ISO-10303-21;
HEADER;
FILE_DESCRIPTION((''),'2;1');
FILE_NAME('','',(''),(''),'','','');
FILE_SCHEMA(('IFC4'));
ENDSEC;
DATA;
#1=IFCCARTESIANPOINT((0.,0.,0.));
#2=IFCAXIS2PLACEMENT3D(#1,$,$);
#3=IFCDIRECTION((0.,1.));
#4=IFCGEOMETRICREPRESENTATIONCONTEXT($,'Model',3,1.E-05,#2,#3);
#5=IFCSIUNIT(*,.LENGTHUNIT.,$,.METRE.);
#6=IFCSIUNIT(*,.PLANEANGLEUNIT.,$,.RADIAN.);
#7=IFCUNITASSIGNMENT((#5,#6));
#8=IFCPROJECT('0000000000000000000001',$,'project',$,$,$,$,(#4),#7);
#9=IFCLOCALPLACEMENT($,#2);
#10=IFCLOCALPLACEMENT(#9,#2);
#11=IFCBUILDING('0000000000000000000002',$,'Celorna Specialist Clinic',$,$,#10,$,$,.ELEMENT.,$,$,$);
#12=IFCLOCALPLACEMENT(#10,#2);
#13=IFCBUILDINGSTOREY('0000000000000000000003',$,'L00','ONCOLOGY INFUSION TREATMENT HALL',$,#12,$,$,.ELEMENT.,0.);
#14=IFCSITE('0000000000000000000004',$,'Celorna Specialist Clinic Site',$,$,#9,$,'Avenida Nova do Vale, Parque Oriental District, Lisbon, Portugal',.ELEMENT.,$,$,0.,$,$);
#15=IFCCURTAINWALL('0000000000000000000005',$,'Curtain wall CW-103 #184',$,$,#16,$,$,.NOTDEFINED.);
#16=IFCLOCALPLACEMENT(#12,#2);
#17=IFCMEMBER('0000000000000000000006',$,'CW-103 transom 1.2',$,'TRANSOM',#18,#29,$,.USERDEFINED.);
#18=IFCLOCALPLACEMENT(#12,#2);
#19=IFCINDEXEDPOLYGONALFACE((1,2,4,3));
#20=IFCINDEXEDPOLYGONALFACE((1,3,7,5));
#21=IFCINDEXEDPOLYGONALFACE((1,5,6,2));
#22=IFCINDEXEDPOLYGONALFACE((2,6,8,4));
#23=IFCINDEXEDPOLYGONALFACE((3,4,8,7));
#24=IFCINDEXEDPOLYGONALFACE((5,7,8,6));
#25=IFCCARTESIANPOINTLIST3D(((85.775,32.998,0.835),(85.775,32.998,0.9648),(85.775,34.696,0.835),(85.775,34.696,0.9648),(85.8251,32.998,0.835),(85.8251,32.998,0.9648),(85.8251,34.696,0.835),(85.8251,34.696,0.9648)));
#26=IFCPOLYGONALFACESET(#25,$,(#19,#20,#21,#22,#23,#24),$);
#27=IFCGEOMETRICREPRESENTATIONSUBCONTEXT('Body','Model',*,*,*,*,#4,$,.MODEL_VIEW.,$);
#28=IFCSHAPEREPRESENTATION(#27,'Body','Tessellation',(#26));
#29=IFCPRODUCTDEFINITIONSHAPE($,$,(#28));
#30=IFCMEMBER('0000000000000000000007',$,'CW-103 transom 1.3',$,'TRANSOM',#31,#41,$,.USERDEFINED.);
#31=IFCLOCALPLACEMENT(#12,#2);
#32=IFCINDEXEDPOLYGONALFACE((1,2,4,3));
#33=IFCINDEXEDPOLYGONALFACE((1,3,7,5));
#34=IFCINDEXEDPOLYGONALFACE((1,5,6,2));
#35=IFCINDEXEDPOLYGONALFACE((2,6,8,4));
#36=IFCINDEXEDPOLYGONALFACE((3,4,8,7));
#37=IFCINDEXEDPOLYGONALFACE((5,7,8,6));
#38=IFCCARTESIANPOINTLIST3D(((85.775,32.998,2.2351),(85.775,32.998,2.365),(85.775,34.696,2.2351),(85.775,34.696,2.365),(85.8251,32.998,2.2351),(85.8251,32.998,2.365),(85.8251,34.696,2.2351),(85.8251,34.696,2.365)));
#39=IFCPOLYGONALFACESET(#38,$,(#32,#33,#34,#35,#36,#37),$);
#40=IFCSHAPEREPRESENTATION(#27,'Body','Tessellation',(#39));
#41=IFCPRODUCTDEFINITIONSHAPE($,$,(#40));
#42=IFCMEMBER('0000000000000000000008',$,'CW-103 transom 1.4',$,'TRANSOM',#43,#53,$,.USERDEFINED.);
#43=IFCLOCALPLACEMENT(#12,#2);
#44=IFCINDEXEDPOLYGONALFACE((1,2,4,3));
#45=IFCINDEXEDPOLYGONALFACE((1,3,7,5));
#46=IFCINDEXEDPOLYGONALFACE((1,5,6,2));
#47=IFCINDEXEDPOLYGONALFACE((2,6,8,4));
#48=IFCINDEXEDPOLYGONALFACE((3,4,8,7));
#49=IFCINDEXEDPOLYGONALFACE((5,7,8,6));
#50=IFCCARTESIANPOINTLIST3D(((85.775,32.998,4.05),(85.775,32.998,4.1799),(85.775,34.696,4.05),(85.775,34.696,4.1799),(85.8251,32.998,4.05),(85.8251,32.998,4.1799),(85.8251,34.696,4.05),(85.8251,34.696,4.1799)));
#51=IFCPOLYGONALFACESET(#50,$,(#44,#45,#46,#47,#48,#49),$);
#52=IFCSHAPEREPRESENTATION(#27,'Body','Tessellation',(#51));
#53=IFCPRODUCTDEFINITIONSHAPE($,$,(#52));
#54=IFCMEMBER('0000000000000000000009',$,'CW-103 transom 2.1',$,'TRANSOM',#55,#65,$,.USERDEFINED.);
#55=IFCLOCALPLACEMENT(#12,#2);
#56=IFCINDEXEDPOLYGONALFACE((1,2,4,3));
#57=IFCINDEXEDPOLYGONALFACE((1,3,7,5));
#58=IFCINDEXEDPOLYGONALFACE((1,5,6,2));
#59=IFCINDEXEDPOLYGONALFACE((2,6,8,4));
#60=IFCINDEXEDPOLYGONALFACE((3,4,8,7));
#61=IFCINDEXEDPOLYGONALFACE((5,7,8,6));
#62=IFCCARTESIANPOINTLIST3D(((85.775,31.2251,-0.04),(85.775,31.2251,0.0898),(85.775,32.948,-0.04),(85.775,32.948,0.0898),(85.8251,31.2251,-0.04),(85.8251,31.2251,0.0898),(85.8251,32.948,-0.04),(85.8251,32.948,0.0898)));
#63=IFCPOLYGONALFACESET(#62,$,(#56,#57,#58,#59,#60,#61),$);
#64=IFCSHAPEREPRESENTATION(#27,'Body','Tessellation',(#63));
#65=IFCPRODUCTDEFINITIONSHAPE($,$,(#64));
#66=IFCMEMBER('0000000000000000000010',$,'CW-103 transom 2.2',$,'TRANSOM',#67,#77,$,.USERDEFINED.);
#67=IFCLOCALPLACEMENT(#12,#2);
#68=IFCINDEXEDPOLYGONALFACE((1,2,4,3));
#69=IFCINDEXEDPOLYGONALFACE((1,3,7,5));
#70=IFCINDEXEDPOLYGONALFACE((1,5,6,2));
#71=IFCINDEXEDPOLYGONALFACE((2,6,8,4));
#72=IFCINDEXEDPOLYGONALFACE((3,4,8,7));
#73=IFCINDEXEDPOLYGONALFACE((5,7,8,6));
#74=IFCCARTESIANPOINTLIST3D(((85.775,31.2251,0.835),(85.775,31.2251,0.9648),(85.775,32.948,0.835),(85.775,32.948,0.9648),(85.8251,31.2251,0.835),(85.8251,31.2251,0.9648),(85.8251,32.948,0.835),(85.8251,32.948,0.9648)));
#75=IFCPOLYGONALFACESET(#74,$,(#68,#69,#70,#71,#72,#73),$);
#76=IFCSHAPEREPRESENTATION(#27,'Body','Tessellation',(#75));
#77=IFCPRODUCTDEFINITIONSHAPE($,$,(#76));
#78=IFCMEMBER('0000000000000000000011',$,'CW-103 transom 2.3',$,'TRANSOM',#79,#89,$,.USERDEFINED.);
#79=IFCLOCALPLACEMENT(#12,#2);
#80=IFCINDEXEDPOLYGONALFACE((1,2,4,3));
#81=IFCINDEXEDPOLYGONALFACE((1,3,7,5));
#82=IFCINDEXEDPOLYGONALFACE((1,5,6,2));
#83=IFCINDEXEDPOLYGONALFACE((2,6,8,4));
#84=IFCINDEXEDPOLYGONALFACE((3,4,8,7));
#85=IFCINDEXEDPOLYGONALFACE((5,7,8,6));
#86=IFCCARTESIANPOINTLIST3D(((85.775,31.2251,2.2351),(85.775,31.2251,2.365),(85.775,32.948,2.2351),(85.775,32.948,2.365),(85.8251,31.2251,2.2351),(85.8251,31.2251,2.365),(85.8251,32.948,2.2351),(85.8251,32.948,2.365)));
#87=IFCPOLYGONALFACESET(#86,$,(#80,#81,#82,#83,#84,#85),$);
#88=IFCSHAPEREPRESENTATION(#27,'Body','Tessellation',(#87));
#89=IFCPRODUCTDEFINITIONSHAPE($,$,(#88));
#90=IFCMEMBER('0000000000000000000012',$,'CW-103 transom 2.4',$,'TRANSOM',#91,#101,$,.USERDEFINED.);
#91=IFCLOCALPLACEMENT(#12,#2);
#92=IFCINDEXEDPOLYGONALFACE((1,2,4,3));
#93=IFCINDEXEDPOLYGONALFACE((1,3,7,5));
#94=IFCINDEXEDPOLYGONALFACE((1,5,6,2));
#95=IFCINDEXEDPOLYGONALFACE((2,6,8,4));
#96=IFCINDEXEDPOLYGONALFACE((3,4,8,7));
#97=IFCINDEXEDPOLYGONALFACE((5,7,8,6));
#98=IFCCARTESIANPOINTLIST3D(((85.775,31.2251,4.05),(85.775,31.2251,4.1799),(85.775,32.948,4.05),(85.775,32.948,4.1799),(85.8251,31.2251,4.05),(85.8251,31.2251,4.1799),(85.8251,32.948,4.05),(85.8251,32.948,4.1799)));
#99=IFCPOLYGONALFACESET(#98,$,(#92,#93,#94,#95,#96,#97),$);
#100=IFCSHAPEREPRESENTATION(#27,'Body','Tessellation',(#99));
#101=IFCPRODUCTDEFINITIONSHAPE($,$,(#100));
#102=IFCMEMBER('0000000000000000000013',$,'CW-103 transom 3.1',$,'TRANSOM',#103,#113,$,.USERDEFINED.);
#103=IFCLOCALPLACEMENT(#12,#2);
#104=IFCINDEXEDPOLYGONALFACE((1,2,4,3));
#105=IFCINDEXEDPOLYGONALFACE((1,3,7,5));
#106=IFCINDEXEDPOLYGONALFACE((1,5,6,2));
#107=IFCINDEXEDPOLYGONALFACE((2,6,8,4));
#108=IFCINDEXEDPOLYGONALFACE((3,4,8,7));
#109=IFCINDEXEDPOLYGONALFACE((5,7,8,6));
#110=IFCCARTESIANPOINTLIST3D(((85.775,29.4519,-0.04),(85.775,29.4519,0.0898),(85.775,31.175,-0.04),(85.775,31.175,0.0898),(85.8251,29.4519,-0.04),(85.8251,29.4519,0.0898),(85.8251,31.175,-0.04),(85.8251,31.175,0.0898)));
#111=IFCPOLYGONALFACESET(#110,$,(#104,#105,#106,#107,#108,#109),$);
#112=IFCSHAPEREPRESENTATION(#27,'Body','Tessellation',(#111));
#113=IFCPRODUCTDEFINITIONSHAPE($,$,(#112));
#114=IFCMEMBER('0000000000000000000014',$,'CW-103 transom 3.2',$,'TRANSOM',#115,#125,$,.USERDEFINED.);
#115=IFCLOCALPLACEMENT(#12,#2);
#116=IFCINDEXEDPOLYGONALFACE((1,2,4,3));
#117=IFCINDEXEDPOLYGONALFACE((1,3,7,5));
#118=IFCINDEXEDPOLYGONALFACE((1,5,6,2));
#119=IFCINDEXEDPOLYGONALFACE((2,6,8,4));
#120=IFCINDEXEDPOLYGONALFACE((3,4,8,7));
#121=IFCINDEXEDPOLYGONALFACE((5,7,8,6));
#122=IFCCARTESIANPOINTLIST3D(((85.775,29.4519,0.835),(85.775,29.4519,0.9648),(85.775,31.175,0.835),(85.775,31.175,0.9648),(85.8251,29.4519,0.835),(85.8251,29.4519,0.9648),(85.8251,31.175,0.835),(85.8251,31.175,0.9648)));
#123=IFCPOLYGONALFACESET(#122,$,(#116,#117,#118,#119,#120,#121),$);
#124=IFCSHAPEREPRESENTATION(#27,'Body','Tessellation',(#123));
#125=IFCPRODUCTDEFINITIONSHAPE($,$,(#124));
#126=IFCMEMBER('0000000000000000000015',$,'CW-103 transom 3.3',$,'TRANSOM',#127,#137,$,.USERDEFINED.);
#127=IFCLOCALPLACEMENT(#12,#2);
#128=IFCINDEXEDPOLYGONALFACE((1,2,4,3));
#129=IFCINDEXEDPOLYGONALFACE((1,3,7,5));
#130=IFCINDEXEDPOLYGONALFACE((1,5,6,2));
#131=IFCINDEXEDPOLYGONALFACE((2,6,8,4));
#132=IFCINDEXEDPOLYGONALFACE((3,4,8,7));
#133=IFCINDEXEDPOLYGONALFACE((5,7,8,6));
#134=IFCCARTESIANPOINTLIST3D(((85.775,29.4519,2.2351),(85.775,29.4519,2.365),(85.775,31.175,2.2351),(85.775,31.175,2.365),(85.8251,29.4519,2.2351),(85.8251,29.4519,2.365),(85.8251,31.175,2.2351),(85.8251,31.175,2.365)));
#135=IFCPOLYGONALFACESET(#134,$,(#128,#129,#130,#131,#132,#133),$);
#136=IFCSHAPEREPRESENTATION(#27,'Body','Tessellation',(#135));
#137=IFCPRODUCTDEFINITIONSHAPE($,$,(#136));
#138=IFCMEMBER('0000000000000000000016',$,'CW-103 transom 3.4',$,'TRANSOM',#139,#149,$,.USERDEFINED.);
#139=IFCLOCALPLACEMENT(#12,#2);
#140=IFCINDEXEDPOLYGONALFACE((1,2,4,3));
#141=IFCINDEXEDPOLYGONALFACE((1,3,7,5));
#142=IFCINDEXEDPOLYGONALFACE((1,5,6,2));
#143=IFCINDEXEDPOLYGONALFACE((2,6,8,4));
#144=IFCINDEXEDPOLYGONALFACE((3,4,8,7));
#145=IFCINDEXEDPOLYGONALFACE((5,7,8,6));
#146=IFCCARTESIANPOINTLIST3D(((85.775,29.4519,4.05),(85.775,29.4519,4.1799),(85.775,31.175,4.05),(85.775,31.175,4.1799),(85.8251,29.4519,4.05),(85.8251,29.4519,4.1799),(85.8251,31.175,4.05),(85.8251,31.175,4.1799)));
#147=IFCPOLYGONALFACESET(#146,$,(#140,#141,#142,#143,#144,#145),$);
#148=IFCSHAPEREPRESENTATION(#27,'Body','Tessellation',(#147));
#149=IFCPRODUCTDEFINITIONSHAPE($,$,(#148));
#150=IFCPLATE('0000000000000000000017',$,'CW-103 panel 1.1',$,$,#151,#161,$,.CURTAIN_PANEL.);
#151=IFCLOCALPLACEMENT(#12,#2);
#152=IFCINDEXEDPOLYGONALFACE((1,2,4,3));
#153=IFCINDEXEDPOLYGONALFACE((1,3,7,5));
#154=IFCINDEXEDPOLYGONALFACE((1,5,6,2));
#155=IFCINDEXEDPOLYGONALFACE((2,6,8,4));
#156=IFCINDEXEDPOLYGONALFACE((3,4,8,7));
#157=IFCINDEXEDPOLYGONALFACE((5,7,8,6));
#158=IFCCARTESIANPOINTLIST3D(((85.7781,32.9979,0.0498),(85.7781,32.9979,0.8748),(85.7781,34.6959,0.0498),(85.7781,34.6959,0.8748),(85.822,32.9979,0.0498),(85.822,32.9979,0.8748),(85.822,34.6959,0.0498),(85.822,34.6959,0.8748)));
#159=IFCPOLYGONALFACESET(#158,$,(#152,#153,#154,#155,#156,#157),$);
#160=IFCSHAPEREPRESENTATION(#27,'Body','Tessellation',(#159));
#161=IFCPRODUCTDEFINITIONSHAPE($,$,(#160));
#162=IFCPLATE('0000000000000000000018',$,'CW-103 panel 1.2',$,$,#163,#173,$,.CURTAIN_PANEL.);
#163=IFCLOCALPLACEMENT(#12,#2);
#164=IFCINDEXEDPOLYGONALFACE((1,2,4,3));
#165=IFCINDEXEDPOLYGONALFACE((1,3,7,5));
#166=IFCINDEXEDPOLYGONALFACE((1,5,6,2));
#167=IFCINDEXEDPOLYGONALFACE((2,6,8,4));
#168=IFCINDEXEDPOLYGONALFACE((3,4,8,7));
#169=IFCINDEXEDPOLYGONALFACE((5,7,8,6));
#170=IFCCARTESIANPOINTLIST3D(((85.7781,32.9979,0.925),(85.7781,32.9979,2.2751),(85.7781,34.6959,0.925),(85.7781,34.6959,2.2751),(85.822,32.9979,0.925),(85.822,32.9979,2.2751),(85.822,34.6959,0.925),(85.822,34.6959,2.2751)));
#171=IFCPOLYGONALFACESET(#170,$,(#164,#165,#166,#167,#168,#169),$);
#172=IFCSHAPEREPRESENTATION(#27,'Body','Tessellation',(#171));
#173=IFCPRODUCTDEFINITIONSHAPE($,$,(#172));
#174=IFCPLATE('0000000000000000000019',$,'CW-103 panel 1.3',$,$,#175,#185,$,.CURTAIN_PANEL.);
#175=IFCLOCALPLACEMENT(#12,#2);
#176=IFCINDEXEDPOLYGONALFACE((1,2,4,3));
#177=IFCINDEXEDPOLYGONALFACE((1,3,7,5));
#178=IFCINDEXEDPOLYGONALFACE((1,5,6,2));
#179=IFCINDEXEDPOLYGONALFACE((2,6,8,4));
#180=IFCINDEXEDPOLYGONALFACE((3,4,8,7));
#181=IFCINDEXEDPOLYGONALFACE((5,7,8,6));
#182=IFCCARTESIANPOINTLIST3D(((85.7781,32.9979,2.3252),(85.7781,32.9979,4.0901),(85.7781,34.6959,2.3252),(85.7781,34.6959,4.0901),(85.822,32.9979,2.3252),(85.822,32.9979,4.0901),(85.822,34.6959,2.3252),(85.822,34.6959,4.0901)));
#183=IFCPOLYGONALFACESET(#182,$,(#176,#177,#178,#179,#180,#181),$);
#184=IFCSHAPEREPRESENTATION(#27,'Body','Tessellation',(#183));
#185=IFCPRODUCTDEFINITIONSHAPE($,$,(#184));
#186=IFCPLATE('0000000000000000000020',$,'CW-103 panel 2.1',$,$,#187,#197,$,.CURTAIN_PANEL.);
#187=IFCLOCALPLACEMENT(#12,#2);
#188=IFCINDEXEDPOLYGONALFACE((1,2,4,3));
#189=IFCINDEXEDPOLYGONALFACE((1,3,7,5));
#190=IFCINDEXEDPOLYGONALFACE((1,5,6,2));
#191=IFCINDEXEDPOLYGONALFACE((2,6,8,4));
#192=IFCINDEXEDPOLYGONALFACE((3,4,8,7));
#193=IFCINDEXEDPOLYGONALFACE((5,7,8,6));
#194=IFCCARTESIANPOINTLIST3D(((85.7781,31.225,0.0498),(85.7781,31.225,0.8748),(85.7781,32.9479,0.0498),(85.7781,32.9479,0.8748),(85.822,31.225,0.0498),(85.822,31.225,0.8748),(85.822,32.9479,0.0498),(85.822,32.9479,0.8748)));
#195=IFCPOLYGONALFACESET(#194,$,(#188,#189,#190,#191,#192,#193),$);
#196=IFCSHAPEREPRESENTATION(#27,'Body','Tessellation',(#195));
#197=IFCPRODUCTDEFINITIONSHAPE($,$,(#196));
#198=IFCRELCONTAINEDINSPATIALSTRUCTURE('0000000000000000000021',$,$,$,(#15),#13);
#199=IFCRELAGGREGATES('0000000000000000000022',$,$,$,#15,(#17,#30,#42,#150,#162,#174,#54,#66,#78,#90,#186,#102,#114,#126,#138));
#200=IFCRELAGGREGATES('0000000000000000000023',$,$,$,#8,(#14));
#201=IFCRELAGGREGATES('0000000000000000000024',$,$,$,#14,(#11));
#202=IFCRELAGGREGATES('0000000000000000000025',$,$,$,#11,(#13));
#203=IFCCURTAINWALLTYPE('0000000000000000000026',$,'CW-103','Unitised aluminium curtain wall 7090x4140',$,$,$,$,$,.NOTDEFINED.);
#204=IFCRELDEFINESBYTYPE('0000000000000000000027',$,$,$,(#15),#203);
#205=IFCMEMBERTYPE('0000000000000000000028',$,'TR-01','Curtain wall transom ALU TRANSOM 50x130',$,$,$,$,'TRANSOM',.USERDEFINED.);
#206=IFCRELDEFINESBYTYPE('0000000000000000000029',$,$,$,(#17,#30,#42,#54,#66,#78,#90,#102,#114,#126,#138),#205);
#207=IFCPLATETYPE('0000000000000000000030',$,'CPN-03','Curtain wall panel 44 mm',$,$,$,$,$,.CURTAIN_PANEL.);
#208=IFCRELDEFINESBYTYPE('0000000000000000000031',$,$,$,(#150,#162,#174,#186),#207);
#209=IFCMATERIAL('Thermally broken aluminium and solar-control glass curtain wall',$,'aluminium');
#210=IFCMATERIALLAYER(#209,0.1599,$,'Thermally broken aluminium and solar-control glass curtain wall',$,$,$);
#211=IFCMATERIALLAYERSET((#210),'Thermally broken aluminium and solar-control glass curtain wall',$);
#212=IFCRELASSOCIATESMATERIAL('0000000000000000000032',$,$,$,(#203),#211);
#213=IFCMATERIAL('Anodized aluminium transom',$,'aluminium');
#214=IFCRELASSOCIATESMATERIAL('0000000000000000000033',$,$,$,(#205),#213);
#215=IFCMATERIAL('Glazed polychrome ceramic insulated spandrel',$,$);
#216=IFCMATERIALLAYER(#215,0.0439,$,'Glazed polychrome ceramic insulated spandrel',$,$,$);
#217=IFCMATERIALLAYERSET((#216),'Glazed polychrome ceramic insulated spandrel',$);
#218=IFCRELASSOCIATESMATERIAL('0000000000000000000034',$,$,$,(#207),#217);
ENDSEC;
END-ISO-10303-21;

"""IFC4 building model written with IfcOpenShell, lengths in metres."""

from ifc_helpers import new_model, si_unit, direction, frame, origin, origin_2d, place, context, subcontext, project, spatial, rectangle, extrude, material, layer, layer_set, material_profile, profile_set, type_object, element, aggregate, save


model = new_model("IFC4")

# Units and contexts
model_context = context("Model", 3, precision=1e-05, world=origin(), true_north=direction((0.0, 1.0)))
body_context = subcontext(model_context, "Body", "Model", "MODEL_VIEW")
ifc_project = project(units=[si_unit("LENGTHUNIT", "METRE"), si_unit("PLANEANGLEUNIT", "RADIAN")], contexts=[model_context])

# Site, building, storey
site_placement = place(None, origin())
site = spatial("IfcSite", under=ifc_project, at=site_placement, Name="Celorna Specialist Clinic Site", LongName="Avenida Nova do Vale, Parque Oriental District, Lisbon, Portugal", CompositionType="ELEMENT", RefElevation=0.0)
building_placement = place(site_placement, origin())
building = spatial("IfcBuilding", under=site, at=building_placement, Name="Celorna Specialist Clinic", CompositionType="ELEMENT")
storey_placement = place(building_placement, origin())
storey = spatial("IfcBuildingStorey", under=building, at=storey_placement, Name="L00", Description="ONCOLOGY INFUSION TREATMENT HALL", CompositionType="ELEMENT", Elevation=0.0)

# Curtain wall, members, plates
ifc_material_1 = material(Name="Thermally broken aluminium and solar-control glass curtain wall", Category="aluminium")
ifc_layer_1 = layer(ifc_material_1, 0.1599, Name="Thermally broken aluminium and solar-control glass curtain wall")
ifc_layer_set_1 = layer_set([ifc_layer_1], Name="Thermally broken aluminium and solar-control glass curtain wall")
curtain_wall_type = type_object("IfcCurtainWallType", Name="CW-103", Description="Unitised aluminium curtain wall 7090x4140", PredefinedType="NOTDEFINED", material=ifc_layer_set_1)
curtain_wall_placement = place(storey_placement, origin())
curtain_wall = element("IfcCurtainWall", 1, at=curtain_wall_placement, inside=storey, type_object=curtain_wall_type, Name="Curtain wall CW-103 #184", PredefinedType="NOTDEFINED")
ifc_material_2 = material(Name="Anodized aluminium transom", Category="aluminium")
ifc_material_profile_1 = material_profile(ifc_material_2, rectangle(XDim=0.05, YDim=0.1299, at=origin_2d()), Name="ALU TRANSOM 50x130")
ifc_profile_set_1 = profile_set([ifc_material_profile_1], Name="Anodized aluminium transom")
member_type_1 = type_object("IfcMemberType", Name="TR-01", Description="Curtain wall transom ALU TRANSOM 50x130", ElementType="TRANSOM", PredefinedType="USERDEFINED", material=ifc_profile_set_1)
member_1_placement = place(storey_placement, frame((85.8, 34.696, 0.8999), z_axis=(0.0, -1.0, 0.0), x_axis=(1.0, 0.0, 0.0)))
member_1 = element("IfcMember", 2, at=member_1_placement, type_object=member_type_1, Name="CW-103 transom 1.2", ObjectType="TRANSOM", PredefinedType="USERDEFINED", context=body_context, shape_type="SweptSolid", body=[
    extrude(rectangle(XDim=0.05, YDim=0.1299, at=origin_2d()), origin(), (0.0, 0.0, 1.0), 1.698),
])
member_2_placement = place(storey_placement, frame((85.8, 34.696, 2.3), z_axis=(0.0, -1.0, 0.0), x_axis=(1.0, 0.0, 0.0)))
member_2 = element("IfcMember", 3, at=member_2_placement, type_object=member_type_1, Name="CW-103 transom 1.3", ObjectType="TRANSOM", PredefinedType="USERDEFINED", context=body_context, shape_type="SweptSolid", body=[
    extrude(rectangle(XDim=0.05, YDim=0.1299, at=origin_2d()), origin(), (0.0, 0.0, 1.0), 1.698),
])
member_3_placement = place(storey_placement, frame((85.8, 34.696, 4.115), z_axis=(0.0, -1.0, 0.0), x_axis=(1.0, 0.0, 0.0)))
member_3 = element("IfcMember", 4, at=member_3_placement, type_object=member_type_1, Name="CW-103 transom 1.4", ObjectType="TRANSOM", PredefinedType="USERDEFINED", context=body_context, shape_type="SweptSolid", body=[
    extrude(rectangle(XDim=0.05, YDim=0.1299, at=origin_2d()), origin(), (0.0, 0.0, 1.0), 1.698),
])
member_4_placement = place(storey_placement, frame((85.8, 32.948, 0.0249), z_axis=(0.0, -1.0, 0.0), x_axis=(1.0, 0.0, 0.0)))
member_4 = element("IfcMember", 5, at=member_4_placement, type_object=member_type_1, Name="CW-103 transom 2.1", ObjectType="TRANSOM", PredefinedType="USERDEFINED", context=body_context, shape_type="SweptSolid", body=[
    extrude(rectangle(XDim=0.05, YDim=0.1299, at=origin_2d()), origin(), (0.0, 0.0, 1.0), 1.7229),
])
member_5_placement = place(storey_placement, frame((85.8, 32.948, 0.8999), z_axis=(0.0, -1.0, 0.0), x_axis=(1.0, 0.0, 0.0)))
member_5 = element("IfcMember", 6, at=member_5_placement, type_object=member_type_1, Name="CW-103 transom 2.2", ObjectType="TRANSOM", PredefinedType="USERDEFINED", context=body_context, shape_type="SweptSolid", body=[
    extrude(rectangle(XDim=0.05, YDim=0.1299, at=origin_2d()), origin(), (0.0, 0.0, 1.0), 1.7229),
])
member_6_placement = place(storey_placement, frame((85.8, 32.948, 2.3), z_axis=(0.0, -1.0, 0.0), x_axis=(1.0, 0.0, 0.0)))
member_6 = element("IfcMember", 7, at=member_6_placement, type_object=member_type_1, Name="CW-103 transom 2.3", ObjectType="TRANSOM", PredefinedType="USERDEFINED", context=body_context, shape_type="SweptSolid", body=[
    extrude(rectangle(XDim=0.05, YDim=0.1299, at=origin_2d()), origin(), (0.0, 0.0, 1.0), 1.7229),
])
member_7_placement = place(storey_placement, frame((85.8, 32.948, 4.115), z_axis=(0.0, -1.0, 0.0), x_axis=(1.0, 0.0, 0.0)))
member_7 = element("IfcMember", 8, at=member_7_placement, type_object=member_type_1, Name="CW-103 transom 2.4", ObjectType="TRANSOM", PredefinedType="USERDEFINED", context=body_context, shape_type="SweptSolid", body=[
    extrude(rectangle(XDim=0.05, YDim=0.1299, at=origin_2d()), origin(), (0.0, 0.0, 1.0), 1.7229),
])
member_8_placement = place(storey_placement, frame((85.8, 31.175, 0.0249), z_axis=(0.0, -1.0, 0.0), x_axis=(1.0, 0.0, 0.0)))
member_8 = element("IfcMember", 9, at=member_8_placement, type_object=member_type_1, Name="CW-103 transom 3.1", ObjectType="TRANSOM", PredefinedType="USERDEFINED", context=body_context, shape_type="SweptSolid", body=[
    extrude(rectangle(XDim=0.05, YDim=0.1299, at=origin_2d()), origin(), (0.0, 0.0, 1.0), 1.7231),
])
member_9_placement = place(storey_placement, frame((85.8, 31.175, 0.8999), z_axis=(0.0, -1.0, 0.0), x_axis=(1.0, 0.0, 0.0)))
member_9 = element("IfcMember", 10, at=member_9_placement, type_object=member_type_1, Name="CW-103 transom 3.2", ObjectType="TRANSOM", PredefinedType="USERDEFINED", context=body_context, shape_type="SweptSolid", body=[
    extrude(rectangle(XDim=0.05, YDim=0.1299, at=origin_2d()), origin(), (0.0, 0.0, 1.0), 1.7231),
])
member_10_placement = place(storey_placement, frame((85.8, 31.175, 2.3), z_axis=(0.0, -1.0, 0.0), x_axis=(1.0, 0.0, 0.0)))
member_10 = element("IfcMember", 11, at=member_10_placement, type_object=member_type_1, Name="CW-103 transom 3.3", ObjectType="TRANSOM", PredefinedType="USERDEFINED", context=body_context, shape_type="SweptSolid", body=[
    extrude(rectangle(XDim=0.05, YDim=0.1299, at=origin_2d()), origin(), (0.0, 0.0, 1.0), 1.7231),
])
member_11_placement = place(storey_placement, frame((85.8, 31.175, 4.115), z_axis=(0.0, -1.0, 0.0), x_axis=(1.0, 0.0, 0.0)))
member_11 = element("IfcMember", 12, at=member_11_placement, type_object=member_type_1, Name="CW-103 transom 3.4", ObjectType="TRANSOM", PredefinedType="USERDEFINED", context=body_context, shape_type="SweptSolid", body=[
    extrude(rectangle(XDim=0.05, YDim=0.1299, at=origin_2d()), origin(), (0.0, 0.0, 1.0), 1.7231),
])
ifc_material_3 = material(Name="Glazed polychrome ceramic insulated spandrel")
ifc_layer_2 = layer(ifc_material_3, 0.0439, Name="Glazed polychrome ceramic insulated spandrel")
ifc_layer_set_2 = layer_set([ifc_layer_2], Name="Glazed polychrome ceramic insulated spandrel")
plate_type = type_object("IfcPlateType", Name="CPN-03", Description="Curtain wall panel 44 mm", PredefinedType="CURTAIN_PANEL", material=ifc_layer_set_2)
plate_1_placement = place(storey_placement, frame((85.8, 33.8469, 0.0498), z_axis=(0.0, 0.0, 1.0), x_axis=(0.0, -1.0, 0.0)))
plate_1 = element("IfcPlate", 13, at=plate_1_placement, type_object=plate_type, Name="CW-103 panel 1.1", PredefinedType="CURTAIN_PANEL", context=body_context, shape_type="SweptSolid", body=[
    extrude(rectangle(XDim=1.698, YDim=0.0439, at=origin_2d()), origin(), (0.0, 0.0, 1.0), 0.825),
])
plate_2_placement = place(storey_placement, frame((85.8, 33.8469, 0.925), z_axis=(0.0, 0.0, 1.0), x_axis=(0.0, -1.0, 0.0)))
plate_2 = element("IfcPlate", 14, at=plate_2_placement, type_object=plate_type, Name="CW-103 panel 1.2", PredefinedType="CURTAIN_PANEL", context=body_context, shape_type="SweptSolid", body=[
    extrude(rectangle(XDim=1.698, YDim=0.0439, at=origin_2d()), origin(), (0.0, 0.0, 1.0), 1.3501),
])
plate_3_placement = place(storey_placement, frame((85.8, 33.8469, 2.3252), z_axis=(0.0, 0.0, 1.0), x_axis=(0.0, -1.0, 0.0)))
plate_3 = element("IfcPlate", 15, at=plate_3_placement, type_object=plate_type, Name="CW-103 panel 1.3", PredefinedType="CURTAIN_PANEL", context=body_context, shape_type="SweptSolid", body=[
    extrude(rectangle(XDim=1.698, YDim=0.0439, at=origin_2d()), origin(), (0.0, 0.0, 1.0), 1.7649),
])
plate_4_placement = place(storey_placement, frame((85.8, 32.0864, 0.0498), z_axis=(0.0, 0.0, 1.0), x_axis=(0.0, -1.0, 0.0)))
plate_4 = element("IfcPlate", 16, at=plate_4_placement, type_object=plate_type, Name="CW-103 panel 2.1", PredefinedType="CURTAIN_PANEL", context=body_context, shape_type="SweptSolid", body=[
    extrude(rectangle(XDim=1.7229, YDim=0.0439, at=origin_2d()), origin(), (0.0, 0.0, 1.0), 0.825),
])
aggregate(curtain_wall, [member_1, member_2, member_3, plate_1, plate_2, plate_3, member_4, member_5, member_6, member_7, plate_4, member_8, member_9, member_10, member_11])

save(model, "model.ifc")
